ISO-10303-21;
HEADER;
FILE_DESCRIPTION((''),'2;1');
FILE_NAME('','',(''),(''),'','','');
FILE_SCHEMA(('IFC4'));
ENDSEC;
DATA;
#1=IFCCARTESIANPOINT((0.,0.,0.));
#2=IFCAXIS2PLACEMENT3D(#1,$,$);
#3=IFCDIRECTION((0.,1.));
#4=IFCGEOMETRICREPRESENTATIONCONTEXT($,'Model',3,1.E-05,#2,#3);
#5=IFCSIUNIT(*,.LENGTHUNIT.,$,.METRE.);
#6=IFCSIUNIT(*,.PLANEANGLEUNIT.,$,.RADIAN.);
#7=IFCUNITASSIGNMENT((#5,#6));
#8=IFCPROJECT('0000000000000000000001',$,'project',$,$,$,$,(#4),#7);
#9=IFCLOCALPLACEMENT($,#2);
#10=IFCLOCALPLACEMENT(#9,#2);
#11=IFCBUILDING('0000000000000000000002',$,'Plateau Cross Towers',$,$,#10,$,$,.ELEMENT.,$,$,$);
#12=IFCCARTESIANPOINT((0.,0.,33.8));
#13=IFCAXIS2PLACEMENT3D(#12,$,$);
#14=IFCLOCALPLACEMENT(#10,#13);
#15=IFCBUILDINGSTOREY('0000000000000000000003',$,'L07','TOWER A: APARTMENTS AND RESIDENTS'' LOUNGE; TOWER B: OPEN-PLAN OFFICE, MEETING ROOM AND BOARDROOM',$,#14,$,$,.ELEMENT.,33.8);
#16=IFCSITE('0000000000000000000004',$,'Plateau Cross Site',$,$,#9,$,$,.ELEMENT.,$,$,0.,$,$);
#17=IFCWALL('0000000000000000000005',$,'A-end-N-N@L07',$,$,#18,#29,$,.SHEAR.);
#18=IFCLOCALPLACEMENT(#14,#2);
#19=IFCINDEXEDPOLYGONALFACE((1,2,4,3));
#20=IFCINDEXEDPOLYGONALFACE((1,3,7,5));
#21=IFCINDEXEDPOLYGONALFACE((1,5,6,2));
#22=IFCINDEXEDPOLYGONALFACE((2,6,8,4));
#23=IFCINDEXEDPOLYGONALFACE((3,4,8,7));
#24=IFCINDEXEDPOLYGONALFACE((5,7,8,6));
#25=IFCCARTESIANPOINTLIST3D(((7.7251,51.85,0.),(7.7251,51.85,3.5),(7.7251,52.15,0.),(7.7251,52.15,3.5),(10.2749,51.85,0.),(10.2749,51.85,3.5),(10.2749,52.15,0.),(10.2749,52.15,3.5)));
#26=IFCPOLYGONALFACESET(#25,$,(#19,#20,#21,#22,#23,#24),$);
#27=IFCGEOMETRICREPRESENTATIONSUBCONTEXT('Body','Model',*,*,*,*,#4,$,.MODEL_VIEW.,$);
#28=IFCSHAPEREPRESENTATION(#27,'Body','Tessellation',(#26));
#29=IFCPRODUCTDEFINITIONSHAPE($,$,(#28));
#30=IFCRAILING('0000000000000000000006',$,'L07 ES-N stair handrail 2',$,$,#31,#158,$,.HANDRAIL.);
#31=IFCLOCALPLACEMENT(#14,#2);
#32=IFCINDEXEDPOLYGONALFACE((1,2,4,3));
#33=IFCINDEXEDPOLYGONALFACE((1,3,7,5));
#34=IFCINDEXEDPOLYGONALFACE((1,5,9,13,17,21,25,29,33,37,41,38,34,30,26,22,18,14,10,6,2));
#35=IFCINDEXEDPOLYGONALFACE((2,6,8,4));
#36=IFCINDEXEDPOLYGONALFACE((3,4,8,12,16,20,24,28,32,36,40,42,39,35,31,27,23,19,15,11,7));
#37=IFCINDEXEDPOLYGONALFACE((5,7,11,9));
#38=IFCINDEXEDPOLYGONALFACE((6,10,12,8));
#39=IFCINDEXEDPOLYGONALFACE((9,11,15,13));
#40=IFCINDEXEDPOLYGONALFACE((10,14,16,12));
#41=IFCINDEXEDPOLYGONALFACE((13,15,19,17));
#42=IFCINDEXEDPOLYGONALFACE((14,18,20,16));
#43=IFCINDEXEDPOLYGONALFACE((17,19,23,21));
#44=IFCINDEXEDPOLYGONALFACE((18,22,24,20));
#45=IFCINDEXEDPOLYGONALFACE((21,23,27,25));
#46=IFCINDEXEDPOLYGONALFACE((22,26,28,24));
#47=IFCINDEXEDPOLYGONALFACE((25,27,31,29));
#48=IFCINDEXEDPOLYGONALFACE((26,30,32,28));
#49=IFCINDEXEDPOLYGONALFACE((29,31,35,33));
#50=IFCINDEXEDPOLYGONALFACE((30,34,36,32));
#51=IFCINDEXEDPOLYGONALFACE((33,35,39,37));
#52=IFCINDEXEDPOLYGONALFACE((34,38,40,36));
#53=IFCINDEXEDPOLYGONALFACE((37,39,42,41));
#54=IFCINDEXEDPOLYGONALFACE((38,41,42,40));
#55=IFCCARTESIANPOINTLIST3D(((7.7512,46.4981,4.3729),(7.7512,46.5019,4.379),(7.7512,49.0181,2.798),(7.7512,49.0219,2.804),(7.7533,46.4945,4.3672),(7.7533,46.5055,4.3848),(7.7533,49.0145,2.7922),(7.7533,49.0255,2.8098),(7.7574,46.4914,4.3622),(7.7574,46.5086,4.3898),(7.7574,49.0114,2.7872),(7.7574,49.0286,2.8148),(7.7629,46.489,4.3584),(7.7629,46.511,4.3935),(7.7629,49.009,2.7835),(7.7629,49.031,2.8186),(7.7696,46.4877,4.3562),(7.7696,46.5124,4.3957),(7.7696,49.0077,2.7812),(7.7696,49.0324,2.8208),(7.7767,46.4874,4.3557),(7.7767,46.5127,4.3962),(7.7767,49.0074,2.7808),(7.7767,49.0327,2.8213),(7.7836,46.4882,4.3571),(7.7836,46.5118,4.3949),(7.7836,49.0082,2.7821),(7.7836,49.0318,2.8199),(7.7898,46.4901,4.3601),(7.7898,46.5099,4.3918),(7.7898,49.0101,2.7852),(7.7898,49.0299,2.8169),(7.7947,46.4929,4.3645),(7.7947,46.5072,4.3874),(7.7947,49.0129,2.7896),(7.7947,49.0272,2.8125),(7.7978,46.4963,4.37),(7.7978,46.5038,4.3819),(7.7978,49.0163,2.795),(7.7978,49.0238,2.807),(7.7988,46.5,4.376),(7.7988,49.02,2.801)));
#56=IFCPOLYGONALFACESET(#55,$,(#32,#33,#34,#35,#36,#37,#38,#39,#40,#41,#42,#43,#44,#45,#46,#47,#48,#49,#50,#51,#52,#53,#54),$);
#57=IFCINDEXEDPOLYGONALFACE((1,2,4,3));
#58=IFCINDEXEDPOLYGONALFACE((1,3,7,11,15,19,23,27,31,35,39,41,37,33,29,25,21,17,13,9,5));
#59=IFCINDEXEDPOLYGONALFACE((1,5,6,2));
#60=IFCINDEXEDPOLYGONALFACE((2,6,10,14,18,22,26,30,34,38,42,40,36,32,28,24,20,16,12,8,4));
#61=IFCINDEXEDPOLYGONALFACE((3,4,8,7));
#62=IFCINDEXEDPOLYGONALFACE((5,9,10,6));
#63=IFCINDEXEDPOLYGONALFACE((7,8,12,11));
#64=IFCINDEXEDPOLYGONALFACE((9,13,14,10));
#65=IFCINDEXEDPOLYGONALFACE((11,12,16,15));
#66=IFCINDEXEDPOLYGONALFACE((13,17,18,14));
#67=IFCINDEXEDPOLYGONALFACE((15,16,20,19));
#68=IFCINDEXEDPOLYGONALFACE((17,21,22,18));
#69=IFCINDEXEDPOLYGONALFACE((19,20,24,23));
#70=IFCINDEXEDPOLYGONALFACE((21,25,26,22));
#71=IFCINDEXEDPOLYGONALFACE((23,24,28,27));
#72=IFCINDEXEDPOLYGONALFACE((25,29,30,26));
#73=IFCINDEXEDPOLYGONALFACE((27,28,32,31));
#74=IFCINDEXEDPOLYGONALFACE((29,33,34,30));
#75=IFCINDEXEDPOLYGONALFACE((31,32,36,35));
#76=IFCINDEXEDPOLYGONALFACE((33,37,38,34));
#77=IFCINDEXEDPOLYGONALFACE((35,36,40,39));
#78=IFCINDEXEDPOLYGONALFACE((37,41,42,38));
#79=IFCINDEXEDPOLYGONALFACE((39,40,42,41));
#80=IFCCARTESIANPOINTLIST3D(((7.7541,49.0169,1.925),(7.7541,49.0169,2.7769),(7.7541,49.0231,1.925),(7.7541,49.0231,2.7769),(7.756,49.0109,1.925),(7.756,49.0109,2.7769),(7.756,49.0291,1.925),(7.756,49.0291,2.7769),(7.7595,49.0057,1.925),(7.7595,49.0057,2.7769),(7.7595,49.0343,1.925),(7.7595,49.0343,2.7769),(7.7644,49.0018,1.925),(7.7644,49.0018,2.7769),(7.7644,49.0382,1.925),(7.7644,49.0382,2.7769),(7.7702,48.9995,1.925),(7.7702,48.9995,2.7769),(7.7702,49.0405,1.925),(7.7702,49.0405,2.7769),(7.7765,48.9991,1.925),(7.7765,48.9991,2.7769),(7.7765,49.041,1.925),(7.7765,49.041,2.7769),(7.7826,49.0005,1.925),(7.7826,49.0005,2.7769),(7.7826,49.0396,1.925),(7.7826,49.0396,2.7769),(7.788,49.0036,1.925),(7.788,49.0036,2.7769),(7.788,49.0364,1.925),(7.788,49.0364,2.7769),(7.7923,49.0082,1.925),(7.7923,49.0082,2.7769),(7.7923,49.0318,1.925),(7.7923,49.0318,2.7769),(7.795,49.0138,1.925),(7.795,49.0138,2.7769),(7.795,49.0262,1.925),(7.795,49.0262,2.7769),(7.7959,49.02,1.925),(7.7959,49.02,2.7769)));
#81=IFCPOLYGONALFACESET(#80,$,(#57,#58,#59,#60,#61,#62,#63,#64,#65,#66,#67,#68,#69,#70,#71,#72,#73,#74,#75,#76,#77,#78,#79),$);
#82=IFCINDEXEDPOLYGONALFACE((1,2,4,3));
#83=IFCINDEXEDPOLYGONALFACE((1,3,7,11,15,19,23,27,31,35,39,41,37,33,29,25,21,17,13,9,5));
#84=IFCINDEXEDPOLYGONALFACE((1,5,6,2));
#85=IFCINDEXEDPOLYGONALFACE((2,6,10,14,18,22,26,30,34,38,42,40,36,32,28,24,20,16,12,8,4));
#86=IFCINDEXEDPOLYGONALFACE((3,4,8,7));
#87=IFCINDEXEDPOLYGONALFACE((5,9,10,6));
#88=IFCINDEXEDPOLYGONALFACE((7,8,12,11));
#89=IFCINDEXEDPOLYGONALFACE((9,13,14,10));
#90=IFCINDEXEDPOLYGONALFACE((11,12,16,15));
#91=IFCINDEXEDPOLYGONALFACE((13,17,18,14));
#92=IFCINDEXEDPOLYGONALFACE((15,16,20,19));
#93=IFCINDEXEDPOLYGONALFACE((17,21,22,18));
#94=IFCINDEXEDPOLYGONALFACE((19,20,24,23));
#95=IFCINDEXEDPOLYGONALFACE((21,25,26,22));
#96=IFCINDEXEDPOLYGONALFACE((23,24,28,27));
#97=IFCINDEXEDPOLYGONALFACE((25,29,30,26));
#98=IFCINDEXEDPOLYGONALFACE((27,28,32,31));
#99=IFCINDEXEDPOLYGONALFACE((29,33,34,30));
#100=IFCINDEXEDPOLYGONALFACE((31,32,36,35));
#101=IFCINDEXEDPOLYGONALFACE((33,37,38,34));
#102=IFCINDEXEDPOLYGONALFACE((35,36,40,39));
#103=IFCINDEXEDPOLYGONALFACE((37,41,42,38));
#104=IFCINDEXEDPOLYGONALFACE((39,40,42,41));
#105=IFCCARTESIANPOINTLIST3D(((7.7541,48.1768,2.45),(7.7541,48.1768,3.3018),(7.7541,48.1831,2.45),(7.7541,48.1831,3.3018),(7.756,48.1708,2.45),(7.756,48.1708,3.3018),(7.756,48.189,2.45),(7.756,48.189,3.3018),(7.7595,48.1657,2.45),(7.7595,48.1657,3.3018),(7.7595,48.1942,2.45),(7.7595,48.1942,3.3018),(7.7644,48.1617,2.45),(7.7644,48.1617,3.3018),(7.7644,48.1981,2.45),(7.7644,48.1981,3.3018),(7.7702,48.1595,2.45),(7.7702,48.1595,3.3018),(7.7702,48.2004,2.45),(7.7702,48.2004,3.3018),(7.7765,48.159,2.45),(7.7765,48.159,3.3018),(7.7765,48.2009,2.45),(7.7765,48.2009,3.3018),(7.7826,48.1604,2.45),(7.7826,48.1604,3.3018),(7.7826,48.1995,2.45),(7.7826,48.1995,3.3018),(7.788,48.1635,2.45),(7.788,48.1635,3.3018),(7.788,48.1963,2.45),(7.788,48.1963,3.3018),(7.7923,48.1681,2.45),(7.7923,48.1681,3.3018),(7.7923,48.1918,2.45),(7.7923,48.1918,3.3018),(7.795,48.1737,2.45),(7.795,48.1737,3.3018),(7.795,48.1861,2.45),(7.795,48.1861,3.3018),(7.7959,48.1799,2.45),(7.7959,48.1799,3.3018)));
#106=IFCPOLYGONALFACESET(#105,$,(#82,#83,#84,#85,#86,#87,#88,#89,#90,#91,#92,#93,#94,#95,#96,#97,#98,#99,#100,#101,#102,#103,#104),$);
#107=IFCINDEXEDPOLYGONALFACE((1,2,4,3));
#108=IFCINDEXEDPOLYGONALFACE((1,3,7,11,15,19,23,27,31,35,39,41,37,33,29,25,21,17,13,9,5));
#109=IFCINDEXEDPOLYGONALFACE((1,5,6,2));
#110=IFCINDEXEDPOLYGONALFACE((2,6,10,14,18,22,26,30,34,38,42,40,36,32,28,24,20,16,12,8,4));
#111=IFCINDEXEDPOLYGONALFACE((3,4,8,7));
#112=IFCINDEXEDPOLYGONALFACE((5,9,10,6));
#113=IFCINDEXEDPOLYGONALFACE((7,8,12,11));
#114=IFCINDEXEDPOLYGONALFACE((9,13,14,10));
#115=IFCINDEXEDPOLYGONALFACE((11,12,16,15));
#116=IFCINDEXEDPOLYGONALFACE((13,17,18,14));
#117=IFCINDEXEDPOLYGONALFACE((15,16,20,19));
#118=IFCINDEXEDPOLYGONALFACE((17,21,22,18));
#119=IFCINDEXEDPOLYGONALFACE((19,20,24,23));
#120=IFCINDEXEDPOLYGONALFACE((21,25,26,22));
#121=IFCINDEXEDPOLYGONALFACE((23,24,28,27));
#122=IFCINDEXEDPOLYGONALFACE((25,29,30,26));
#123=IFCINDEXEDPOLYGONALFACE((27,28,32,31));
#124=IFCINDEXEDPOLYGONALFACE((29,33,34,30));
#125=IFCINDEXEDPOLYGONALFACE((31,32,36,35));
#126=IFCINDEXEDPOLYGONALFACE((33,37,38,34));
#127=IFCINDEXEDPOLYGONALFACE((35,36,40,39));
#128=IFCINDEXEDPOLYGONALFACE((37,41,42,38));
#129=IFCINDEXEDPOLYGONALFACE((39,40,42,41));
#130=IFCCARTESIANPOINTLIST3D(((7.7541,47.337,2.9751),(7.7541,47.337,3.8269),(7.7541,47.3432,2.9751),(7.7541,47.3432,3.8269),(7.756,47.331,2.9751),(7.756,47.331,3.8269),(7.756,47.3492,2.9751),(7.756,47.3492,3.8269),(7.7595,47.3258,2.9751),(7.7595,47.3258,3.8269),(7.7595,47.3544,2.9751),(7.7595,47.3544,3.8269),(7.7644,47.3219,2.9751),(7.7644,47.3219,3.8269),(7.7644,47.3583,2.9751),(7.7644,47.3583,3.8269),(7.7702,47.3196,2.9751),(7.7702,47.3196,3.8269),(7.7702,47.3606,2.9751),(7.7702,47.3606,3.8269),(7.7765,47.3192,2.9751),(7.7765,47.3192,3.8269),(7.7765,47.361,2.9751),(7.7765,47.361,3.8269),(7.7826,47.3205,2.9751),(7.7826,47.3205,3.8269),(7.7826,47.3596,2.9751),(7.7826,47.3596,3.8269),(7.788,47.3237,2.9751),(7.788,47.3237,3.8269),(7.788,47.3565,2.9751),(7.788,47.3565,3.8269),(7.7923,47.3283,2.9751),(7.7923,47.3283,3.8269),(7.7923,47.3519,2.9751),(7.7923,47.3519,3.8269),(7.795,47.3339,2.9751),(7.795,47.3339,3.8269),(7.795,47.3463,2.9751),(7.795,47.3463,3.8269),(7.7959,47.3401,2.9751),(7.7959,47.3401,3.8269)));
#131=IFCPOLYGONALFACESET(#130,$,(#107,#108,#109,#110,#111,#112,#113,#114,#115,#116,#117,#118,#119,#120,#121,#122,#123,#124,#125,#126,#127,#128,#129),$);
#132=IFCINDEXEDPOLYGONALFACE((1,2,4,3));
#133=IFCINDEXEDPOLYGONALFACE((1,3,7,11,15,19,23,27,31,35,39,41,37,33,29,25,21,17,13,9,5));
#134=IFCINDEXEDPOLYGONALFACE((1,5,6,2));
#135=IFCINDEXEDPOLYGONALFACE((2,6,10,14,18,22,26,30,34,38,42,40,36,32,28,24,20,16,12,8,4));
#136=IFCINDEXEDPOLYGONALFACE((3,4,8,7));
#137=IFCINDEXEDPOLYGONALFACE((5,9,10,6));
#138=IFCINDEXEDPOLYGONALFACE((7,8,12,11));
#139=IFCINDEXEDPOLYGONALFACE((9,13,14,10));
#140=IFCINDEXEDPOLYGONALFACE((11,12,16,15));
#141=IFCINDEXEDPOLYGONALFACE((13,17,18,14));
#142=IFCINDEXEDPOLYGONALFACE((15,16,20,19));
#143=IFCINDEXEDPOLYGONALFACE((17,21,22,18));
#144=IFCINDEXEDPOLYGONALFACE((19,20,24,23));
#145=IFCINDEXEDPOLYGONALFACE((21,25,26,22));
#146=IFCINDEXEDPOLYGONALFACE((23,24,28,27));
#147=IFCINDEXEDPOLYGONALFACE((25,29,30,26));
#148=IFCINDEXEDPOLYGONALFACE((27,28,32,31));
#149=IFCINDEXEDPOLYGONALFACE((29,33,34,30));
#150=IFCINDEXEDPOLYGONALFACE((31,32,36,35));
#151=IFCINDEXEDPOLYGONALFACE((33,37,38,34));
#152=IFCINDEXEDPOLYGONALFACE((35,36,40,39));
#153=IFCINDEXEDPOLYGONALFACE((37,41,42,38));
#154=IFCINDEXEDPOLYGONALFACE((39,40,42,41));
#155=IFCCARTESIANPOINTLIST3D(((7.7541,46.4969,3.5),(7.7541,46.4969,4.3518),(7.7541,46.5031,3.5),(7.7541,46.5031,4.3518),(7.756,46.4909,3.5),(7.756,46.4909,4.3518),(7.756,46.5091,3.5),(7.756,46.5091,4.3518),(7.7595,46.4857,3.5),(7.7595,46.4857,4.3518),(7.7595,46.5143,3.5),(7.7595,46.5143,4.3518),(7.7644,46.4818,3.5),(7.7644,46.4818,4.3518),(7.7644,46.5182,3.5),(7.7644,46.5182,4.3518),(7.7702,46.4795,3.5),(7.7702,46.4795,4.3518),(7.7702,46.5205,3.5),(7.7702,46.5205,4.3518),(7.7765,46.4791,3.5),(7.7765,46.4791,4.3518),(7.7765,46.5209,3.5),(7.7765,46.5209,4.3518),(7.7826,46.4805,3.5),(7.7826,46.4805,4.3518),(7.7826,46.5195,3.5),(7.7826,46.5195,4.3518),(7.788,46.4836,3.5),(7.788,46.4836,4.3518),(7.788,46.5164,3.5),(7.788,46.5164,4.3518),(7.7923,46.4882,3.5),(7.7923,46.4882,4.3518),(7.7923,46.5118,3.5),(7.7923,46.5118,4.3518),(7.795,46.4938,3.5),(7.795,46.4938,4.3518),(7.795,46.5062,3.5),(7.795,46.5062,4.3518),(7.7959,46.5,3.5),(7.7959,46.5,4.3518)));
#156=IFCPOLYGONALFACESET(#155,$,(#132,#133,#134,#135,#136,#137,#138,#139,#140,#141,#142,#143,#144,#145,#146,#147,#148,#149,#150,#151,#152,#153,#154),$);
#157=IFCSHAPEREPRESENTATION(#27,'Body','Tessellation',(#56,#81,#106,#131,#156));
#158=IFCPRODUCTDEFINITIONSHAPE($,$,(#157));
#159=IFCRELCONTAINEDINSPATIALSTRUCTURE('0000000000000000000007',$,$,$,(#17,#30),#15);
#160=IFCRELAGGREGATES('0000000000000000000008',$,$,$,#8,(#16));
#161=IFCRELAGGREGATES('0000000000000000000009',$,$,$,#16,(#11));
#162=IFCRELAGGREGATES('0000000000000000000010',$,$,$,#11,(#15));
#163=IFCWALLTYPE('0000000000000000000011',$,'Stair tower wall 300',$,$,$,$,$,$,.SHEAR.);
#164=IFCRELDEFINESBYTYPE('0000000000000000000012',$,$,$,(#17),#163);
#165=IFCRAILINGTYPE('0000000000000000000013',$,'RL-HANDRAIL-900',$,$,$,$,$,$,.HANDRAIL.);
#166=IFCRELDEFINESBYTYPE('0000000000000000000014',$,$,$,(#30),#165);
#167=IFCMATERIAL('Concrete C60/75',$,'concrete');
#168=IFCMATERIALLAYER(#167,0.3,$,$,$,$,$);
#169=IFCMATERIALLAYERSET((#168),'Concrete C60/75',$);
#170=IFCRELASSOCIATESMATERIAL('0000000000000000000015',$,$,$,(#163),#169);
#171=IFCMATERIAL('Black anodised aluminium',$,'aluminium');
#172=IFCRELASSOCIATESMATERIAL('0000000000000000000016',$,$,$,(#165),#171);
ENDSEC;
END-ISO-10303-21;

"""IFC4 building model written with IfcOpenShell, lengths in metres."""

from ifc_helpers import new_model, si_unit, direction, frame, frame_2d, origin, origin_2d, place, context, subcontext, project, spatial, rectangle, circle, extrude, material, layer, layer_set, type_object, element, save


model = new_model("IFC4")

# Units and contexts
model_context = context("Model", 3, precision=1e-05, world=origin(), true_north=direction((0.0, 1.0)))
body_context = subcontext(model_context, "Body", "Model", "MODEL_VIEW")
ifc_project = project(units=[si_unit("LENGTHUNIT", "METRE"), si_unit("PLANEANGLEUNIT", "RADIAN")], contexts=[model_context])

# Site, building, storey
site_placement = place(None, origin())
site = spatial("IfcSite", under=ifc_project, at=site_placement, Name="Plateau Cross Site", CompositionType="ELEMENT", RefElevation=0.0)
building_placement = place(site_placement, origin())
building = spatial("IfcBuilding", under=site, at=building_placement, Name="Plateau Cross Towers", CompositionType="ELEMENT")
storey_placement = place(building_placement, frame((0.0, 0.0, 33.8)))
storey = spatial("IfcBuildingStorey", under=building, at=storey_placement, Name="L07", Description="TOWER A: APARTMENTS AND RESIDENTS' LOUNGE; TOWER B: OPEN-PLAN OFFICE, MEETING ROOM AND BOARDROOM", CompositionType="ELEMENT", Elevation=33.8)

# Shared definitions
ifc_material_1 = material(Name="Concrete C60/75", Category="concrete")

# Shared definitions
ifc_material_2 = material(Name="Black anodised aluminium", Category="aluminium")

# Wall
ifc_layer_1 = layer(ifc_material_1, 0.3)
ifc_layer_set_1 = layer_set([ifc_layer_1], Name="Concrete C60/75")
wall_type_1 = type_object("IfcWallType", Name="Stair tower wall 300", PredefinedType="SHEAR", material=ifc_layer_set_1)
wall_1_placement = place(storey_placement, frame((7.7251, 52.0, 0.0), z_axis=(0.0, 0.0, 1.0), x_axis=(1.0, 0.0, 0.0)))
element("IfcWall", 1, at=wall_1_placement, inside=storey, type_object=wall_type_1, Name="A-end-N-N@L07", PredefinedType="SHEAR", context=body_context, shape_type="SweptSolid", body=[
    extrude(rectangle(XDim=2.5498, YDim=0.3, at=frame_2d((1.2749, 0.0))), origin(), (0.0, 0.0, 1.0), 3.5),
])

# Railing
railing_type = type_object("IfcRailingType", Name="RL-HANDRAIL-900", PredefinedType="HANDRAIL", material=ifc_material_2)
railing_placement = place(storey_placement, frame((7.7749, 49.02, 1.925)))
element("IfcRailing", 2, at=railing_placement, inside=storey, type_object=railing_type, Name="L07 ES-N stair handrail 2", PredefinedType="HANDRAIL", context=body_context, shape_type="SweptSolid", body=[
    extrude(circle(Radius=0.0239, at=origin_2d()), frame((0.0, 0.0, 0.876), z_axis=(0.0, -0.848008, 0.529984), x_axis=(1.0, 0.0, 0.0)), (0.0, 0.0, 1.0), 2.9717),
    extrude(circle(Radius=0.021, at=origin_2d()), origin(), (0.0, 0.0, 1.0), 0.8518),
    extrude(circle(Radius=0.021, at=origin_2d()), frame((0.0, -0.8401, 0.5249)), (0.0, 0.0, 1.0), 0.8518),
    extrude(circle(Radius=0.021, at=origin_2d()), frame((0.0, -1.6799, 1.05)), (0.0, 0.0, 1.0), 0.8518),
    extrude(circle(Radius=0.021, at=origin_2d()), frame((0.0, -2.52, 1.575)), (0.0, 0.0, 1.0), 0.8518),
])

save(model, "model.ifc")
